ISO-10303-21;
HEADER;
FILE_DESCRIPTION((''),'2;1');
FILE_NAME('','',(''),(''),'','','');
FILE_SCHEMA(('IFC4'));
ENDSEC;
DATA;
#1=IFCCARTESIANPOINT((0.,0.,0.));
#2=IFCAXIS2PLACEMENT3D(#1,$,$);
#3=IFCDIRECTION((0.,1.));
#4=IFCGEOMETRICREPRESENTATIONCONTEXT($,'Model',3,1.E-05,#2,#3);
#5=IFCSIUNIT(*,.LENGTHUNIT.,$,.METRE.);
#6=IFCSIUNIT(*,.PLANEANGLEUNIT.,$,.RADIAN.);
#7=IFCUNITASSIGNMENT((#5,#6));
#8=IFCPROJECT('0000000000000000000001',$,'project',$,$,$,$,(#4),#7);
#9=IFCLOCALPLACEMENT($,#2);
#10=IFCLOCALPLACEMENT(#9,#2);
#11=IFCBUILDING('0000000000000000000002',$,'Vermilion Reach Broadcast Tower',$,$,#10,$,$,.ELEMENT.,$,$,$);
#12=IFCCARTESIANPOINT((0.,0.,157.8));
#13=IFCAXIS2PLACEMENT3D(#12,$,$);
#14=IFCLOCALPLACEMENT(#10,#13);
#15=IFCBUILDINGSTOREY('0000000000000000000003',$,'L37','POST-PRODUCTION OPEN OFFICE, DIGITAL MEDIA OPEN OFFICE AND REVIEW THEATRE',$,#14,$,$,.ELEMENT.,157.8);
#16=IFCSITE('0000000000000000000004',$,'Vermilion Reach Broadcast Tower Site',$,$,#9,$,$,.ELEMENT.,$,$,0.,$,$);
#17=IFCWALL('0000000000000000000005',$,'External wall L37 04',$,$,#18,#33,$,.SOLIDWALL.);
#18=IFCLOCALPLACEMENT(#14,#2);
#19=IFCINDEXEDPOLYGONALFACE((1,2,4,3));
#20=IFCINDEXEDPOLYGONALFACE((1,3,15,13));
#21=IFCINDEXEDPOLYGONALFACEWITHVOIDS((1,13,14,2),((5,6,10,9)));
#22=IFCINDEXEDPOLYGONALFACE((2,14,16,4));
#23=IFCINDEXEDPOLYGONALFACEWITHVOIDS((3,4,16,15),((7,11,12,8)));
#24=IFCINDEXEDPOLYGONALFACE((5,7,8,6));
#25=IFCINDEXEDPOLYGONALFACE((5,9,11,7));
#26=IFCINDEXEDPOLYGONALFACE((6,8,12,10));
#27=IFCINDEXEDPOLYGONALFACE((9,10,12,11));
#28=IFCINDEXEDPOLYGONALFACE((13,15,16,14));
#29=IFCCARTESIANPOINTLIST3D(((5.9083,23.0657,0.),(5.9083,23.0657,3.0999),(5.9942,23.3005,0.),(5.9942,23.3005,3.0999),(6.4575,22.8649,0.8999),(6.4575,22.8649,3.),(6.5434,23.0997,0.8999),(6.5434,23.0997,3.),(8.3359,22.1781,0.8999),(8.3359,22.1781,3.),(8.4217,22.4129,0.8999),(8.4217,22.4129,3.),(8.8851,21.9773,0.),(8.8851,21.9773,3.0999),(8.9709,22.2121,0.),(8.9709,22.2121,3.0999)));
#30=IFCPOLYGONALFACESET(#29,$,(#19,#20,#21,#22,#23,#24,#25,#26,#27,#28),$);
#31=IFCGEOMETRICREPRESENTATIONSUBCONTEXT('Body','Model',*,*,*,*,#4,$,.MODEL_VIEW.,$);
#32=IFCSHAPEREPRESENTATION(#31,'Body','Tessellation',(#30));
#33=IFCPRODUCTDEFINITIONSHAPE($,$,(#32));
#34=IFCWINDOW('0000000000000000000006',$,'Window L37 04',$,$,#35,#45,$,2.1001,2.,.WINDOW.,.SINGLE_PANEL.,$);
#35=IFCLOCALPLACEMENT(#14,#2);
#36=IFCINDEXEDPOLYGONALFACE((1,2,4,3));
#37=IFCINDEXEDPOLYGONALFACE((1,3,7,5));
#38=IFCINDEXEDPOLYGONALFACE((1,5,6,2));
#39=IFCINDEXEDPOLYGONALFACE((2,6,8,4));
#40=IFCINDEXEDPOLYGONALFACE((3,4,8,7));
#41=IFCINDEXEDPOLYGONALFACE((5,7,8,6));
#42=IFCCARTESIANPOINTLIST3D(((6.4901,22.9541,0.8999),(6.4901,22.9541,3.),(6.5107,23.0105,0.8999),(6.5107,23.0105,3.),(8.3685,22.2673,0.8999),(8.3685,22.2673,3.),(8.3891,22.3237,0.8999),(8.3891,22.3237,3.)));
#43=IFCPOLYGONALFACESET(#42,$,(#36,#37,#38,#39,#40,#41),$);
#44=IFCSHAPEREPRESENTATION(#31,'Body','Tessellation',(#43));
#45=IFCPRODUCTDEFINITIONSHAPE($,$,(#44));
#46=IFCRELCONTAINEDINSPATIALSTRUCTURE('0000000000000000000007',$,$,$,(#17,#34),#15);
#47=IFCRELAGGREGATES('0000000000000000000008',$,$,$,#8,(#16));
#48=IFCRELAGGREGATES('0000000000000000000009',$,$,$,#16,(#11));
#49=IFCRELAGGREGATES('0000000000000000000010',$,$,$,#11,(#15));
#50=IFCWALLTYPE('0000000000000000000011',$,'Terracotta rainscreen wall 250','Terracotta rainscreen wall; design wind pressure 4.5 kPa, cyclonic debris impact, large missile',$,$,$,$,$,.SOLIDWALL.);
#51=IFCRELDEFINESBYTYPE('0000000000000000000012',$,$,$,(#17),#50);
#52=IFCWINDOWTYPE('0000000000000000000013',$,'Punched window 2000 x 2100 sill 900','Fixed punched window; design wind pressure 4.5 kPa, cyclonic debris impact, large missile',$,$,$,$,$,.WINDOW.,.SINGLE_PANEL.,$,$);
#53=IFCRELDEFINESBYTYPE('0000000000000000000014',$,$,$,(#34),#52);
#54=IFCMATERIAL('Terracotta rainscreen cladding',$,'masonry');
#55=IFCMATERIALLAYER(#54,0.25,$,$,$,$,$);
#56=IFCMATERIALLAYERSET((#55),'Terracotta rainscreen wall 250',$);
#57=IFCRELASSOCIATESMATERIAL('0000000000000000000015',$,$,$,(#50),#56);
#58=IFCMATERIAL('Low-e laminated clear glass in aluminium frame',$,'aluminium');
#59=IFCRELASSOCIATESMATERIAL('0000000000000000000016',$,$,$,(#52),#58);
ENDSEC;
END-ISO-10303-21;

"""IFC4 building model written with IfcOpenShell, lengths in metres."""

from ifc_helpers import new_model, si_unit, direction, frame, frame_2d, origin, place, context, subcontext, project, spatial, rectangle, extrude, material, layer, layer_set, type_object, element, fill, save


model = new_model("IFC4")

# Units and contexts
model_context = context("Model", 3, precision=1e-05, world=origin(), true_north=direction((0.0, 1.0)))
body_context = subcontext(model_context, "Body", "Model", "MODEL_VIEW")
ifc_project = project(units=[si_unit("LENGTHUNIT", "METRE"), si_unit("PLANEANGLEUNIT", "RADIAN")], contexts=[model_context])

# Site, building, storey
site_placement = place(None, origin())
site = spatial("IfcSite", under=ifc_project, at=site_placement, Name="Vermilion Reach Broadcast Tower Site", CompositionType="ELEMENT", RefElevation=0.0)
building_placement = place(site_placement, origin())
building = spatial("IfcBuilding", under=site, at=building_placement, Name="Vermilion Reach Broadcast Tower", CompositionType="ELEMENT")
storey_placement = place(building_placement, frame((0.0, 0.0, 157.8)))
storey = spatial("IfcBuildingStorey", under=building, at=storey_placement, Name="L37", Description="POST-PRODUCTION OPEN OFFICE, DIGITAL MEDIA OPEN OFFICE AND REVIEW THEATRE", CompositionType="ELEMENT", Elevation=157.8)

# Shared definitions
ifc_material_1 = material(Name="Terracotta rainscreen cladding", Category="masonry")
ifc_layer_1 = layer(ifc_material_1, 0.25)
ifc_layer_set_1 = layer_set([ifc_layer_1], Name="Terracotta rainscreen wall 250")
wall_type_1 = type_object("IfcWallType", Name="Terracotta rainscreen wall 250", Description="Terracotta rainscreen wall; design wind pressure 4.5 kPa, cyclonic debris impact, large missile", PredefinedType="SOLIDWALL", material=ifc_layer_set_1)

# Wall, opening, window
wall_1_placement = place(storey_placement, frame((8.928, 22.0947, 0.0), z_axis=(0.0, 0.0, 1.0), x_axis=(-0.939194, 0.343388, 0.0)))
wall_1 = element("IfcWall", 1, at=wall_1_placement, inside=storey, type_object=wall_type_1, Name="External wall L37 04", PredefinedType="SOLIDWALL", context=body_context, shape_type="SweptSolid", body=[
    extrude(rectangle(XDim=3.1694, YDim=0.25, at=frame_2d((1.5847, 0.0))), origin(), (0.0, 0.0, 1.0), 3.0999),
])
opening_1_placement = place(wall_1_placement, frame((0.5847, 0.0, 0.8999)))
opening_1 = element("IfcOpeningElement", 2, at=opening_1_placement, cuts=wall_1, PredefinedType="OPENING", context=body_context, shape_type="SweptSolid", body=[
    extrude(rectangle(XDim=2.0, YDim=2.1001, at=frame_2d((1.0, 1.05))), frame((0.0, 0.135, 0.0), z_axis=(0.0, -1.0, 0.0), x_axis=(1.0, 0.0, 0.0)), (0.0, 0.0, 1.0), 0.27),
])
ifc_material_2 = material(Name="Low-e laminated clear glass in aluminium frame", Category="aluminium")
window_type = type_object("IfcWindowType", Name="Punched window 2000 x 2100 sill 900", Description="Fixed punched window; design wind pressure 4.5 kPa, cyclonic debris impact, large missile", PartitioningType="SINGLE_PANEL", PredefinedType="WINDOW", material=ifc_material_2)
window_placement = place(opening_1_placement, origin())
window = element("IfcWindow", 3, at=window_placement, inside=storey, type_object=window_type, Name="Window L37 04", OverallHeight=2.1001, OverallWidth=2.0, PartitioningType="SINGLE_PANEL", PredefinedType="WINDOW", context=body_context, shape_type="SweptSolid", body=[
    extrude(rectangle(XDim=2.0, YDim=2.1001, at=frame_2d((1.0, 1.05))), frame((0.0, 0.03, 0.0), z_axis=(0.0, -1.0, 0.0), x_axis=(1.0, 0.0, 0.0)), (0.0, 0.0, 1.0), 0.0601),
])
fill(opening_1, window)

save(model, "model.ifc")
